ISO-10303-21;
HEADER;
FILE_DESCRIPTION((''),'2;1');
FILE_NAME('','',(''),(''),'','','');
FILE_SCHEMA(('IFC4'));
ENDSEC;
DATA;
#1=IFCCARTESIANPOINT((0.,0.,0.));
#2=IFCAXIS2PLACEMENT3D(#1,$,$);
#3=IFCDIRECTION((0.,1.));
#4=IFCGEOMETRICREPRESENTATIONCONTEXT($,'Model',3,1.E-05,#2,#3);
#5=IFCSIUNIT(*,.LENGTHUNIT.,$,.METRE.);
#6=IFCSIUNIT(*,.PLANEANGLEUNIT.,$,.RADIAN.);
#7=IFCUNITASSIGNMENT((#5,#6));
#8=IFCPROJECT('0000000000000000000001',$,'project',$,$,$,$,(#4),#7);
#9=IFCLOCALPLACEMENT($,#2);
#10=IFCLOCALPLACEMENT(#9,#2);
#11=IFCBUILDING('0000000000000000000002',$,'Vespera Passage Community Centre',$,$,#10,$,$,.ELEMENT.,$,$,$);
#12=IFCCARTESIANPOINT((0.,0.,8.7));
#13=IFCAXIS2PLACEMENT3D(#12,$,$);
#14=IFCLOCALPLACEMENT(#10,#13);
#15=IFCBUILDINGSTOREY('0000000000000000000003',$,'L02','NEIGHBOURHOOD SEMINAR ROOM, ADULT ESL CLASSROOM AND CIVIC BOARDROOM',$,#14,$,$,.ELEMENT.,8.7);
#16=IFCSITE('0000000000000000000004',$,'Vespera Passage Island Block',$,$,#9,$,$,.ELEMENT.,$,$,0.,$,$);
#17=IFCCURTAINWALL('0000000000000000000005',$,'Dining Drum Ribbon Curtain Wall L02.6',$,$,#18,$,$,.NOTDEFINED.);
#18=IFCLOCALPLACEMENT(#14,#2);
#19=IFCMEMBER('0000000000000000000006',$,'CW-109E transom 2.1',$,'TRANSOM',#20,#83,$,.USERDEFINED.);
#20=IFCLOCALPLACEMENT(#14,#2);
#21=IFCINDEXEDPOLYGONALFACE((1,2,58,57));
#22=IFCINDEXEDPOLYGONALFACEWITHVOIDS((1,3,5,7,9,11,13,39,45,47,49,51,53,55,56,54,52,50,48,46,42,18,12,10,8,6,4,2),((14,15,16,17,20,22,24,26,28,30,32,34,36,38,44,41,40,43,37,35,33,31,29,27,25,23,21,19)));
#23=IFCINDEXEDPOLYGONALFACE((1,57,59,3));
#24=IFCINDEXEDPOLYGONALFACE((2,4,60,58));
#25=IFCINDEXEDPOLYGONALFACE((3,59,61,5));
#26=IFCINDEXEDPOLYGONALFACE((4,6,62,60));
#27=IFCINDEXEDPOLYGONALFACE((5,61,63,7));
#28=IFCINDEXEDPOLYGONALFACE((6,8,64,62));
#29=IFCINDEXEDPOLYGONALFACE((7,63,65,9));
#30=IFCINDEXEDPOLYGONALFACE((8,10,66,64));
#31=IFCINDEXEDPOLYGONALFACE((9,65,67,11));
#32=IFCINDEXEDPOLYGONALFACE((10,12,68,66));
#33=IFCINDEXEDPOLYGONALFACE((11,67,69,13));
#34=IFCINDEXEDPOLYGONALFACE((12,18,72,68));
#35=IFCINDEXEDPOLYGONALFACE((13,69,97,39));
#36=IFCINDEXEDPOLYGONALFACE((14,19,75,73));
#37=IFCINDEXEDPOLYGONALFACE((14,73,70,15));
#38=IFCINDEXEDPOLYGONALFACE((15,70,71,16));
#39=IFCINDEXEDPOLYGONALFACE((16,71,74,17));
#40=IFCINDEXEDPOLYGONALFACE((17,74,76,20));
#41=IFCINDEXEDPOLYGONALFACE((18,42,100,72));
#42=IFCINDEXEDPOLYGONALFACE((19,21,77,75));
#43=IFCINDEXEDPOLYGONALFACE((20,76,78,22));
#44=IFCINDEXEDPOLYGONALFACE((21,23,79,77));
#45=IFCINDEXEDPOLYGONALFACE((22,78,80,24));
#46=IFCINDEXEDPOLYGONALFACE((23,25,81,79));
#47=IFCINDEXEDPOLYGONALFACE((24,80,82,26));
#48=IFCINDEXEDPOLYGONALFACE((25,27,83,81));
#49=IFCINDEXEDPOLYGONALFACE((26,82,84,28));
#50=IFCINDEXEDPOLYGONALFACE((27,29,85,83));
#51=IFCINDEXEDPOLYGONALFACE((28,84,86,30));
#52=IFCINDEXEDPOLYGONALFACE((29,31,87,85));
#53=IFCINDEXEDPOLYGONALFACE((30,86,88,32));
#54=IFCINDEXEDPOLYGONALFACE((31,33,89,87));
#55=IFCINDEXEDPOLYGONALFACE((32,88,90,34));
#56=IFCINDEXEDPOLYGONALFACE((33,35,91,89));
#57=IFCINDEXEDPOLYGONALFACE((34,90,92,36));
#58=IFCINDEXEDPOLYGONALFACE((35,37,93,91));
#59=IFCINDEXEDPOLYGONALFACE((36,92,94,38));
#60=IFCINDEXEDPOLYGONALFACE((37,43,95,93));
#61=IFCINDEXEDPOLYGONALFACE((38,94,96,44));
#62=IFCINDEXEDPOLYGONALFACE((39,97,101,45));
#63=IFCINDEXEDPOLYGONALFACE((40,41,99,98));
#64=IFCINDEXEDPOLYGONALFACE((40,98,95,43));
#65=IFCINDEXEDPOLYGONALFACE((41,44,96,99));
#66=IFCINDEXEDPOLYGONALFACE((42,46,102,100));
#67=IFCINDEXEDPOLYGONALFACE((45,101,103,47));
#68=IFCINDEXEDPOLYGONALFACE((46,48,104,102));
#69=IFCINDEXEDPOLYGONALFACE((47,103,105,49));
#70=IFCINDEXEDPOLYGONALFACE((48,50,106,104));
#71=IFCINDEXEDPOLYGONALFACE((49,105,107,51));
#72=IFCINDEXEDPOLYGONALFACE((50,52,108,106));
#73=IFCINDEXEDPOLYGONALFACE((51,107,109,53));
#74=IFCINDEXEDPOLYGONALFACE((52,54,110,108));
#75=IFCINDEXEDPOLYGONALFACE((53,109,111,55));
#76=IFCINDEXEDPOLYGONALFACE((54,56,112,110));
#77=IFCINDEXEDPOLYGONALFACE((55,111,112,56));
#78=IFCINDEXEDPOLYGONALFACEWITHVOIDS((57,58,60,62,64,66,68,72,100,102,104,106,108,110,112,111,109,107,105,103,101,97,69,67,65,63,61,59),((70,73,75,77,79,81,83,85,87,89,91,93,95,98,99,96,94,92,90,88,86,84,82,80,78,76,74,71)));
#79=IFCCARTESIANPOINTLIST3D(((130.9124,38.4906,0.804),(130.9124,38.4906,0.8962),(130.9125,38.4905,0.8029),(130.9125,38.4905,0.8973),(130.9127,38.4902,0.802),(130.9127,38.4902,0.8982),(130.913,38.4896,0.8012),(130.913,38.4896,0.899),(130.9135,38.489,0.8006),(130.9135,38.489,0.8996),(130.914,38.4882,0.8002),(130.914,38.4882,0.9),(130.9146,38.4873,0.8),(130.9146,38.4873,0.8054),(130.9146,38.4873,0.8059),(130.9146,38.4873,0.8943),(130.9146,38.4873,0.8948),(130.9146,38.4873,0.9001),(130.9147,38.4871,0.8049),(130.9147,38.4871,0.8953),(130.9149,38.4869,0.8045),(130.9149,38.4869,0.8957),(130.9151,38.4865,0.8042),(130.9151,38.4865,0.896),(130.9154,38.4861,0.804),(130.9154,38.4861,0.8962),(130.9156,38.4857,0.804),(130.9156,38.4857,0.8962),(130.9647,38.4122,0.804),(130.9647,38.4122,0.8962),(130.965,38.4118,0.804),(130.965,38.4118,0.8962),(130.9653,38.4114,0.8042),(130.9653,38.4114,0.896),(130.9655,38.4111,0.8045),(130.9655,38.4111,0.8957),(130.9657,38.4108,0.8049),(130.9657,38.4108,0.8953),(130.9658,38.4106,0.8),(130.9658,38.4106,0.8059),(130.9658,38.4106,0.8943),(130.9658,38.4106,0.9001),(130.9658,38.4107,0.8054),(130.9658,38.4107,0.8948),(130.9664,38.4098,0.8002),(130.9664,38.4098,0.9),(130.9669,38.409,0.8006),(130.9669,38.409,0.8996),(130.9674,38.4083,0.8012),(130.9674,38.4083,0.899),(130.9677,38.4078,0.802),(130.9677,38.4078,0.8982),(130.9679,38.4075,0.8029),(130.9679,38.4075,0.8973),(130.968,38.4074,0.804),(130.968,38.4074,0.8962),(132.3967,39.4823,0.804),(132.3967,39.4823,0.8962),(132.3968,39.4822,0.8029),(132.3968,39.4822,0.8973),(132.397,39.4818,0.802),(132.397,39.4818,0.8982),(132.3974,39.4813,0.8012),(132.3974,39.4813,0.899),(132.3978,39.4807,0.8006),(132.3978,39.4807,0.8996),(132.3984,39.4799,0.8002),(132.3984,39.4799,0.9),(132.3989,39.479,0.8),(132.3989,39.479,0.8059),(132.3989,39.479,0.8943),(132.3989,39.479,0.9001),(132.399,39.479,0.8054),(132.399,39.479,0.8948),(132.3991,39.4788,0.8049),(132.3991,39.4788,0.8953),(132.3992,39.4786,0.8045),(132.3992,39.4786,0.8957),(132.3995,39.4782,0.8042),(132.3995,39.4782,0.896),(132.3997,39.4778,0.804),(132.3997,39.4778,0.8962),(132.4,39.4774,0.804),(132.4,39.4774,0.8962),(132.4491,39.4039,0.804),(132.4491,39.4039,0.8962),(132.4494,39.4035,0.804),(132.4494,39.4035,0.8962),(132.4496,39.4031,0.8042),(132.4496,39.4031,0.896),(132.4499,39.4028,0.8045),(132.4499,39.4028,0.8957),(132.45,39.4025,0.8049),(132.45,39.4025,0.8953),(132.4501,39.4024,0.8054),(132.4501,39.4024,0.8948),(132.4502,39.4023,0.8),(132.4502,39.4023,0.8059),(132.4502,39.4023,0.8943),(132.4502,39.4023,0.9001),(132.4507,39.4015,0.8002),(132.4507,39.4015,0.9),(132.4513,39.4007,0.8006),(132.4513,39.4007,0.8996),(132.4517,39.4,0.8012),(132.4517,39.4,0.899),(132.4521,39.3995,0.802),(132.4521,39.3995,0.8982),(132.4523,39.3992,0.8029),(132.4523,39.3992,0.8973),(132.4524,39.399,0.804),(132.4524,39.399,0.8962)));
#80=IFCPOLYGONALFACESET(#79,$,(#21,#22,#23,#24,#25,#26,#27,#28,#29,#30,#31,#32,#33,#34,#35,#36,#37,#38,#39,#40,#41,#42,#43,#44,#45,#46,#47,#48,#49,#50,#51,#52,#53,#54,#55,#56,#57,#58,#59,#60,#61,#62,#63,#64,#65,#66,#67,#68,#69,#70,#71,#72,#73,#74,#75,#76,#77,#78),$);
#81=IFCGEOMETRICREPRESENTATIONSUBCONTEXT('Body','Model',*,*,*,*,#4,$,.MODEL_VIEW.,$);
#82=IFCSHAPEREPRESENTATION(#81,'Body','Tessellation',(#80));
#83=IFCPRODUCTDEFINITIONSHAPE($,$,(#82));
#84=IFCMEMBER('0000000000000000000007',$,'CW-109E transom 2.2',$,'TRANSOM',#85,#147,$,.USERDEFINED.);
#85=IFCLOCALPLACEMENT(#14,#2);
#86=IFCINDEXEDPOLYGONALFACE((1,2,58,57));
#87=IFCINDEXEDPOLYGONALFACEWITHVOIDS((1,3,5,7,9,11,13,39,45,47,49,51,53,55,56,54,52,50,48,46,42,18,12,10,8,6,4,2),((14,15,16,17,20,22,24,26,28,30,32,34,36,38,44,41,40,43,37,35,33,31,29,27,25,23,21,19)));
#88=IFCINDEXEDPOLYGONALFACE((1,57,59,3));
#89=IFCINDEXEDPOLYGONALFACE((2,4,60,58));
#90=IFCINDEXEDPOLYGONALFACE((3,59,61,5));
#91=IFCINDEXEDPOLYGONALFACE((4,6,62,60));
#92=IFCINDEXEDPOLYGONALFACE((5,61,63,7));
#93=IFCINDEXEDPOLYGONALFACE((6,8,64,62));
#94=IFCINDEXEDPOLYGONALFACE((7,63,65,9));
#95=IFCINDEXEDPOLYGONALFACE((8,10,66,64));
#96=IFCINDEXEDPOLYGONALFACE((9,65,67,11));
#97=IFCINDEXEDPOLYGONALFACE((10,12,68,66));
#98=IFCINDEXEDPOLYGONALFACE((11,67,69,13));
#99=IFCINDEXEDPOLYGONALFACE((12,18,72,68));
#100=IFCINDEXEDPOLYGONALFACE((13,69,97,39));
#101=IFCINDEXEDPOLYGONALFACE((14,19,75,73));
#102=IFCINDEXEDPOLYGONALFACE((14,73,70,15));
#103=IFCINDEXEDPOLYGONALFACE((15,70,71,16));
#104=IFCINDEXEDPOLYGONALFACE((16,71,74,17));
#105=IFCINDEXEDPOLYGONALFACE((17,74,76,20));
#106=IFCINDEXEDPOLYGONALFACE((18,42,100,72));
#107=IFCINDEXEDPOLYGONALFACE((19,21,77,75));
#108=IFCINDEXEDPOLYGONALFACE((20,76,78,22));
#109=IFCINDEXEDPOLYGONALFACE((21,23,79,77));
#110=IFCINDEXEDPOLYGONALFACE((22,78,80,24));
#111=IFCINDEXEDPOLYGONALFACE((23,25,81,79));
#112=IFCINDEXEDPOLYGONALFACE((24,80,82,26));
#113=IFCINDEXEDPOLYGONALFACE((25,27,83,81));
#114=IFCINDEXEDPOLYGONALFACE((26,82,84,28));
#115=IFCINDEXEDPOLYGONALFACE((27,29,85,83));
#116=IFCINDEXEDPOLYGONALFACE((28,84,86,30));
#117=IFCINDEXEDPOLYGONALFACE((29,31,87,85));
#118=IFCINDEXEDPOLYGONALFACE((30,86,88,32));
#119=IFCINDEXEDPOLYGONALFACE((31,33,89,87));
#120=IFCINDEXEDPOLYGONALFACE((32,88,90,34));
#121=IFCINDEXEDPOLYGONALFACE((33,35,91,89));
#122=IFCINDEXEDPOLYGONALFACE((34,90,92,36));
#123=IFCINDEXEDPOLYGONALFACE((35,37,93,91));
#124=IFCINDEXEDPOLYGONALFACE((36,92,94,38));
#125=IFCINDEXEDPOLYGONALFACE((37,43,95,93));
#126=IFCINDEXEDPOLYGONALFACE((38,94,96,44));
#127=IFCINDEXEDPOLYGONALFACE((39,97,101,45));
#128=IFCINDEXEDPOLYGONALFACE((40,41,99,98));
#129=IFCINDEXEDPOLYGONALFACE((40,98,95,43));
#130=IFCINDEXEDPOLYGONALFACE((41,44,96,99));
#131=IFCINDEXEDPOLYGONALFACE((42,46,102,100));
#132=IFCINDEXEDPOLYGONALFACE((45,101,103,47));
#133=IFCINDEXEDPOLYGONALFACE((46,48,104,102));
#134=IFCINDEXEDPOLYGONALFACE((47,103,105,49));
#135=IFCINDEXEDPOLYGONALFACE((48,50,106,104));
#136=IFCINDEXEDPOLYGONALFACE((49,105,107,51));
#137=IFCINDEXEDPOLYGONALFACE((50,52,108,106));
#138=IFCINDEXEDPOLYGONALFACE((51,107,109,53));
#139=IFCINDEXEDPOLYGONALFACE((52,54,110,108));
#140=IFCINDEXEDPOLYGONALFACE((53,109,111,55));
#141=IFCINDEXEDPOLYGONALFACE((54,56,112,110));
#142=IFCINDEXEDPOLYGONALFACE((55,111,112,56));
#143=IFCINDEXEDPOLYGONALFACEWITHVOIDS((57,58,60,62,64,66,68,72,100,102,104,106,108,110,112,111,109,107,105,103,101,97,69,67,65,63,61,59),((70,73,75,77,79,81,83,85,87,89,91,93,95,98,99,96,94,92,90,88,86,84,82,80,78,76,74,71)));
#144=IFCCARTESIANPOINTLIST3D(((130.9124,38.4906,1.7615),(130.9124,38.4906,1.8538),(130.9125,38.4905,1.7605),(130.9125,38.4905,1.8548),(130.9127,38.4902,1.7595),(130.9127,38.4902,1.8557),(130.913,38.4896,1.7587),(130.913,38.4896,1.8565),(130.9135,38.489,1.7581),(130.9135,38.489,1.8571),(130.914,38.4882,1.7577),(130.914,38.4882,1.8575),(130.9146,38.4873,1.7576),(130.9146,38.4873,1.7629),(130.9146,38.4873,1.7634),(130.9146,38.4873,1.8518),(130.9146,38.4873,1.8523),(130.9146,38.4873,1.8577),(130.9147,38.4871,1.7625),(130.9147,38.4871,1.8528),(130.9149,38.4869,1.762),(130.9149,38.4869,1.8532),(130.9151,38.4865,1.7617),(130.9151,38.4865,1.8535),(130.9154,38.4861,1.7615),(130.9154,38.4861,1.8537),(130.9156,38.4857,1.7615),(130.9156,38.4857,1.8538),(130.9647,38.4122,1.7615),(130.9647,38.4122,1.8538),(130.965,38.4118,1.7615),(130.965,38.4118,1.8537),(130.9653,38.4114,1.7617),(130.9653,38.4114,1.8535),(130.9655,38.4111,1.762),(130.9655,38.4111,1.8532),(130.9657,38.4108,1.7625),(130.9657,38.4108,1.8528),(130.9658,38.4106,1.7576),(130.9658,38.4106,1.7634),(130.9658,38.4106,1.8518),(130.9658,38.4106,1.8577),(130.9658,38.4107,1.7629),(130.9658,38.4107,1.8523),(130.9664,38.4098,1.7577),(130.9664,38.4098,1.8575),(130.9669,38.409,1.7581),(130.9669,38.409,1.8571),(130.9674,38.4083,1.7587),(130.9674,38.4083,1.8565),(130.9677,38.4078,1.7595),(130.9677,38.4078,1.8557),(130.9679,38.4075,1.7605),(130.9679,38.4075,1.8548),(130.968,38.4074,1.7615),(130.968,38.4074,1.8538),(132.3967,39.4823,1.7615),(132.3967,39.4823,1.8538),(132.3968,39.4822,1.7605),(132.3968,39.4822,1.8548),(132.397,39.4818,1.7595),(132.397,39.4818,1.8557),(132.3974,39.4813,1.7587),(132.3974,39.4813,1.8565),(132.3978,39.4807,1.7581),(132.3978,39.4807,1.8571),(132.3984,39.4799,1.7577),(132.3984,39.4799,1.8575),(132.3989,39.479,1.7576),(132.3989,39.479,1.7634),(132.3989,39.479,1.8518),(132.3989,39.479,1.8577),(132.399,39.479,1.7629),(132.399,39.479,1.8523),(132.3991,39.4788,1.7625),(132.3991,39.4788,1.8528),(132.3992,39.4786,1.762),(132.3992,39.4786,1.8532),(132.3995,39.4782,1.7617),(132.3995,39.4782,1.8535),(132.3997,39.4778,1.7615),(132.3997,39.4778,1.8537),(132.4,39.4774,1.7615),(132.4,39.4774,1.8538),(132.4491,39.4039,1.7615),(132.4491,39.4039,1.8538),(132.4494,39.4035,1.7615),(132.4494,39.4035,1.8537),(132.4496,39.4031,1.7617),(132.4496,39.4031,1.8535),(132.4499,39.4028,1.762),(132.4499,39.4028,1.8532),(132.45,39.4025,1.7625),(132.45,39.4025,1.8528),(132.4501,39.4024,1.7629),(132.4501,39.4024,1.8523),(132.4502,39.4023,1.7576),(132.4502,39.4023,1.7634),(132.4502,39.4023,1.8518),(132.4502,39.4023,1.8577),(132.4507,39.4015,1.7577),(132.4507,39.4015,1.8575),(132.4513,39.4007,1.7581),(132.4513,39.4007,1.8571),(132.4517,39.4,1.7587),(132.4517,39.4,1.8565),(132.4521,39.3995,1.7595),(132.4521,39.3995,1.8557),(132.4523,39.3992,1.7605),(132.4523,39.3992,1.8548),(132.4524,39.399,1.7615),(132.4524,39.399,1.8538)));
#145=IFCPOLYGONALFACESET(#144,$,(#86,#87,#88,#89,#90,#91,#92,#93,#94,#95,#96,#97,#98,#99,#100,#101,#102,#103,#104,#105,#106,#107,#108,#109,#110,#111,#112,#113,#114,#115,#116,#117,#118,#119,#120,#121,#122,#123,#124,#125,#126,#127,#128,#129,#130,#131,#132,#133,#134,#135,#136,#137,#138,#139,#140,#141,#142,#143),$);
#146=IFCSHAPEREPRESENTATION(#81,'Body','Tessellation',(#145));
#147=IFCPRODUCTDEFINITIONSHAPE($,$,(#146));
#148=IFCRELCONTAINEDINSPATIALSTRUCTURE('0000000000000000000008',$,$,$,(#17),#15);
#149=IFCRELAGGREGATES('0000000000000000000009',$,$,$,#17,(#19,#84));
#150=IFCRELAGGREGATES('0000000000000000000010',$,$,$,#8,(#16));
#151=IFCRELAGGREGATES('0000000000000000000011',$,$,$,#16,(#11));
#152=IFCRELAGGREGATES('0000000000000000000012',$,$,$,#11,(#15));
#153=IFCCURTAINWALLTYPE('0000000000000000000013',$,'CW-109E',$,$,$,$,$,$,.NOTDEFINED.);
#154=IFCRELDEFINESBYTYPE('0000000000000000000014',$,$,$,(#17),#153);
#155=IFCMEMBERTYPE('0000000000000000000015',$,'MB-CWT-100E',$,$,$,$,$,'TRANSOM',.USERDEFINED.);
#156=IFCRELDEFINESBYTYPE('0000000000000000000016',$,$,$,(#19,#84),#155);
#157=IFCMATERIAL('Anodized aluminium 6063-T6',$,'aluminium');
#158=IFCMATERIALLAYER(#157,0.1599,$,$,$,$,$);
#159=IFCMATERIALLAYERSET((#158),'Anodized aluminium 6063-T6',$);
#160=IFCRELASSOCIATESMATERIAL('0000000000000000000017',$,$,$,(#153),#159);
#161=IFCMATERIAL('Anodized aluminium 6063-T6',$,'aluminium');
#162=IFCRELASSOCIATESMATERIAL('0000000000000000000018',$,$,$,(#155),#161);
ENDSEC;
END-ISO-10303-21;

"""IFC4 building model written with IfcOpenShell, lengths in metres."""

from ifc_helpers import new_model, si_unit, direction, frame, origin, origin_2d, place, context, subcontext, project, spatial, hollow_rectangle, extrude, material, layer, layer_set, material_profile, profile_set, type_object, element, aggregate, save


model = new_model("IFC4")

# Units and contexts
model_context = context("Model", 3, precision=1e-05, world=origin(), true_north=direction((0.0, 1.0)))
body_context = subcontext(model_context, "Body", "Model", "MODEL_VIEW")
ifc_project = project(units=[si_unit("LENGTHUNIT", "METRE"), si_unit("PLANEANGLEUNIT", "RADIAN")], contexts=[model_context])

# Site, building, storey
site_placement = place(None, origin())
site = spatial("IfcSite", under=ifc_project, at=site_placement, Name="Vespera Passage Island Block", CompositionType="ELEMENT", RefElevation=0.0)
building_placement = place(site_placement, origin())
building = spatial("IfcBuilding", under=site, at=building_placement, Name="Vespera Passage Community Centre", CompositionType="ELEMENT")
storey_placement = place(building_placement, frame((0.0, 0.0, 8.7)))
storey = spatial("IfcBuildingStorey", under=building, at=storey_placement, Name="L02", Description="NEIGHBOURHOOD SEMINAR ROOM, ADULT ESL CLASSROOM AND CIVIC BOARDROOM", CompositionType="ELEMENT", Elevation=8.7)

# Curtain wall
ifc_material_1 = material(Name="Anodized aluminium 6063-T6", Category="aluminium")
ifc_layer_1 = layer(ifc_material_1, 0.1599)
ifc_layer_set_1 = layer_set([ifc_layer_1], Name="Anodized aluminium 6063-T6")
curtain_wall_type_1 = type_object("IfcCurtainWallType", Name="CW-109E", PredefinedType="NOTDEFINED", material=ifc_layer_set_1)
curtain_wall_1_placement = place(storey_placement, origin())
curtain_wall_1 = element("IfcCurtainWall", 1, at=curtain_wall_1_placement, inside=storey, type_object=curtain_wall_type_1, Name="Dining Drum Ribbon Curtain Wall L02.6", PredefinedType="NOTDEFINED")

# Members
ifc_material_2 = material(Name="Anodized aluminium 6063-T6", Category="aluminium")
ifc_material_profile_1 = material_profile(ifc_material_2, hollow_rectangle(XDim=0.1001, YDim=0.1001, WallThickness=0.0039, InnerFilletRadius=0.002, OuterFilletRadius=0.0039, at=origin_2d()), Name="ALU100X100X4")
ifc_profile_set_1 = profile_set([ifc_material_profile_1], Name="Anodized aluminium 6063-T6")
member_type_1 = type_object("IfcMemberType", Name="MB-CWT-100E", ElementType="TRANSOM", PredefinedType="USERDEFINED", material=ifc_profile_set_1)
member_1_placement = place(storey_placement, frame((130.9402, 38.449, 0.8501), z_axis=(0.831503, 0.55552, 0.0), x_axis=(-0.55552, 0.831503, 0.0)))
member_1 = element("IfcMember", 2, at=member_1_placement, type_object=member_type_1, Name="CW-109E transom 2.1", ObjectType="TRANSOM", PredefinedType="USERDEFINED", context=body_context, shape_type="SweptSolid", body=[
    extrude(hollow_rectangle(XDim=0.1001, YDim=0.1001, WallThickness=0.0039, InnerFilletRadius=0.002, OuterFilletRadius=0.0039, at=origin_2d()), origin(), (0.0, 0.0, 1.0), 1.7852),
])
member_2_placement = place(storey_placement, frame((130.9402, 38.449, 1.8076), z_axis=(0.831503, 0.55552, 0.0), x_axis=(-0.55552, 0.831503, 0.0)))
member_2 = element("IfcMember", 3, at=member_2_placement, type_object=member_type_1, Name="CW-109E transom 2.2", ObjectType="TRANSOM", PredefinedType="USERDEFINED", context=body_context, shape_type="SweptSolid", body=[
    extrude(hollow_rectangle(XDim=0.1001, YDim=0.1001, WallThickness=0.0039, InnerFilletRadius=0.002, OuterFilletRadius=0.0039, at=origin_2d()), origin(), (0.0, 0.0, 1.0), 1.7852),
])

aggregate(curtain_wall_1, [member_1, member_2])

save(model, "model.ifc")
